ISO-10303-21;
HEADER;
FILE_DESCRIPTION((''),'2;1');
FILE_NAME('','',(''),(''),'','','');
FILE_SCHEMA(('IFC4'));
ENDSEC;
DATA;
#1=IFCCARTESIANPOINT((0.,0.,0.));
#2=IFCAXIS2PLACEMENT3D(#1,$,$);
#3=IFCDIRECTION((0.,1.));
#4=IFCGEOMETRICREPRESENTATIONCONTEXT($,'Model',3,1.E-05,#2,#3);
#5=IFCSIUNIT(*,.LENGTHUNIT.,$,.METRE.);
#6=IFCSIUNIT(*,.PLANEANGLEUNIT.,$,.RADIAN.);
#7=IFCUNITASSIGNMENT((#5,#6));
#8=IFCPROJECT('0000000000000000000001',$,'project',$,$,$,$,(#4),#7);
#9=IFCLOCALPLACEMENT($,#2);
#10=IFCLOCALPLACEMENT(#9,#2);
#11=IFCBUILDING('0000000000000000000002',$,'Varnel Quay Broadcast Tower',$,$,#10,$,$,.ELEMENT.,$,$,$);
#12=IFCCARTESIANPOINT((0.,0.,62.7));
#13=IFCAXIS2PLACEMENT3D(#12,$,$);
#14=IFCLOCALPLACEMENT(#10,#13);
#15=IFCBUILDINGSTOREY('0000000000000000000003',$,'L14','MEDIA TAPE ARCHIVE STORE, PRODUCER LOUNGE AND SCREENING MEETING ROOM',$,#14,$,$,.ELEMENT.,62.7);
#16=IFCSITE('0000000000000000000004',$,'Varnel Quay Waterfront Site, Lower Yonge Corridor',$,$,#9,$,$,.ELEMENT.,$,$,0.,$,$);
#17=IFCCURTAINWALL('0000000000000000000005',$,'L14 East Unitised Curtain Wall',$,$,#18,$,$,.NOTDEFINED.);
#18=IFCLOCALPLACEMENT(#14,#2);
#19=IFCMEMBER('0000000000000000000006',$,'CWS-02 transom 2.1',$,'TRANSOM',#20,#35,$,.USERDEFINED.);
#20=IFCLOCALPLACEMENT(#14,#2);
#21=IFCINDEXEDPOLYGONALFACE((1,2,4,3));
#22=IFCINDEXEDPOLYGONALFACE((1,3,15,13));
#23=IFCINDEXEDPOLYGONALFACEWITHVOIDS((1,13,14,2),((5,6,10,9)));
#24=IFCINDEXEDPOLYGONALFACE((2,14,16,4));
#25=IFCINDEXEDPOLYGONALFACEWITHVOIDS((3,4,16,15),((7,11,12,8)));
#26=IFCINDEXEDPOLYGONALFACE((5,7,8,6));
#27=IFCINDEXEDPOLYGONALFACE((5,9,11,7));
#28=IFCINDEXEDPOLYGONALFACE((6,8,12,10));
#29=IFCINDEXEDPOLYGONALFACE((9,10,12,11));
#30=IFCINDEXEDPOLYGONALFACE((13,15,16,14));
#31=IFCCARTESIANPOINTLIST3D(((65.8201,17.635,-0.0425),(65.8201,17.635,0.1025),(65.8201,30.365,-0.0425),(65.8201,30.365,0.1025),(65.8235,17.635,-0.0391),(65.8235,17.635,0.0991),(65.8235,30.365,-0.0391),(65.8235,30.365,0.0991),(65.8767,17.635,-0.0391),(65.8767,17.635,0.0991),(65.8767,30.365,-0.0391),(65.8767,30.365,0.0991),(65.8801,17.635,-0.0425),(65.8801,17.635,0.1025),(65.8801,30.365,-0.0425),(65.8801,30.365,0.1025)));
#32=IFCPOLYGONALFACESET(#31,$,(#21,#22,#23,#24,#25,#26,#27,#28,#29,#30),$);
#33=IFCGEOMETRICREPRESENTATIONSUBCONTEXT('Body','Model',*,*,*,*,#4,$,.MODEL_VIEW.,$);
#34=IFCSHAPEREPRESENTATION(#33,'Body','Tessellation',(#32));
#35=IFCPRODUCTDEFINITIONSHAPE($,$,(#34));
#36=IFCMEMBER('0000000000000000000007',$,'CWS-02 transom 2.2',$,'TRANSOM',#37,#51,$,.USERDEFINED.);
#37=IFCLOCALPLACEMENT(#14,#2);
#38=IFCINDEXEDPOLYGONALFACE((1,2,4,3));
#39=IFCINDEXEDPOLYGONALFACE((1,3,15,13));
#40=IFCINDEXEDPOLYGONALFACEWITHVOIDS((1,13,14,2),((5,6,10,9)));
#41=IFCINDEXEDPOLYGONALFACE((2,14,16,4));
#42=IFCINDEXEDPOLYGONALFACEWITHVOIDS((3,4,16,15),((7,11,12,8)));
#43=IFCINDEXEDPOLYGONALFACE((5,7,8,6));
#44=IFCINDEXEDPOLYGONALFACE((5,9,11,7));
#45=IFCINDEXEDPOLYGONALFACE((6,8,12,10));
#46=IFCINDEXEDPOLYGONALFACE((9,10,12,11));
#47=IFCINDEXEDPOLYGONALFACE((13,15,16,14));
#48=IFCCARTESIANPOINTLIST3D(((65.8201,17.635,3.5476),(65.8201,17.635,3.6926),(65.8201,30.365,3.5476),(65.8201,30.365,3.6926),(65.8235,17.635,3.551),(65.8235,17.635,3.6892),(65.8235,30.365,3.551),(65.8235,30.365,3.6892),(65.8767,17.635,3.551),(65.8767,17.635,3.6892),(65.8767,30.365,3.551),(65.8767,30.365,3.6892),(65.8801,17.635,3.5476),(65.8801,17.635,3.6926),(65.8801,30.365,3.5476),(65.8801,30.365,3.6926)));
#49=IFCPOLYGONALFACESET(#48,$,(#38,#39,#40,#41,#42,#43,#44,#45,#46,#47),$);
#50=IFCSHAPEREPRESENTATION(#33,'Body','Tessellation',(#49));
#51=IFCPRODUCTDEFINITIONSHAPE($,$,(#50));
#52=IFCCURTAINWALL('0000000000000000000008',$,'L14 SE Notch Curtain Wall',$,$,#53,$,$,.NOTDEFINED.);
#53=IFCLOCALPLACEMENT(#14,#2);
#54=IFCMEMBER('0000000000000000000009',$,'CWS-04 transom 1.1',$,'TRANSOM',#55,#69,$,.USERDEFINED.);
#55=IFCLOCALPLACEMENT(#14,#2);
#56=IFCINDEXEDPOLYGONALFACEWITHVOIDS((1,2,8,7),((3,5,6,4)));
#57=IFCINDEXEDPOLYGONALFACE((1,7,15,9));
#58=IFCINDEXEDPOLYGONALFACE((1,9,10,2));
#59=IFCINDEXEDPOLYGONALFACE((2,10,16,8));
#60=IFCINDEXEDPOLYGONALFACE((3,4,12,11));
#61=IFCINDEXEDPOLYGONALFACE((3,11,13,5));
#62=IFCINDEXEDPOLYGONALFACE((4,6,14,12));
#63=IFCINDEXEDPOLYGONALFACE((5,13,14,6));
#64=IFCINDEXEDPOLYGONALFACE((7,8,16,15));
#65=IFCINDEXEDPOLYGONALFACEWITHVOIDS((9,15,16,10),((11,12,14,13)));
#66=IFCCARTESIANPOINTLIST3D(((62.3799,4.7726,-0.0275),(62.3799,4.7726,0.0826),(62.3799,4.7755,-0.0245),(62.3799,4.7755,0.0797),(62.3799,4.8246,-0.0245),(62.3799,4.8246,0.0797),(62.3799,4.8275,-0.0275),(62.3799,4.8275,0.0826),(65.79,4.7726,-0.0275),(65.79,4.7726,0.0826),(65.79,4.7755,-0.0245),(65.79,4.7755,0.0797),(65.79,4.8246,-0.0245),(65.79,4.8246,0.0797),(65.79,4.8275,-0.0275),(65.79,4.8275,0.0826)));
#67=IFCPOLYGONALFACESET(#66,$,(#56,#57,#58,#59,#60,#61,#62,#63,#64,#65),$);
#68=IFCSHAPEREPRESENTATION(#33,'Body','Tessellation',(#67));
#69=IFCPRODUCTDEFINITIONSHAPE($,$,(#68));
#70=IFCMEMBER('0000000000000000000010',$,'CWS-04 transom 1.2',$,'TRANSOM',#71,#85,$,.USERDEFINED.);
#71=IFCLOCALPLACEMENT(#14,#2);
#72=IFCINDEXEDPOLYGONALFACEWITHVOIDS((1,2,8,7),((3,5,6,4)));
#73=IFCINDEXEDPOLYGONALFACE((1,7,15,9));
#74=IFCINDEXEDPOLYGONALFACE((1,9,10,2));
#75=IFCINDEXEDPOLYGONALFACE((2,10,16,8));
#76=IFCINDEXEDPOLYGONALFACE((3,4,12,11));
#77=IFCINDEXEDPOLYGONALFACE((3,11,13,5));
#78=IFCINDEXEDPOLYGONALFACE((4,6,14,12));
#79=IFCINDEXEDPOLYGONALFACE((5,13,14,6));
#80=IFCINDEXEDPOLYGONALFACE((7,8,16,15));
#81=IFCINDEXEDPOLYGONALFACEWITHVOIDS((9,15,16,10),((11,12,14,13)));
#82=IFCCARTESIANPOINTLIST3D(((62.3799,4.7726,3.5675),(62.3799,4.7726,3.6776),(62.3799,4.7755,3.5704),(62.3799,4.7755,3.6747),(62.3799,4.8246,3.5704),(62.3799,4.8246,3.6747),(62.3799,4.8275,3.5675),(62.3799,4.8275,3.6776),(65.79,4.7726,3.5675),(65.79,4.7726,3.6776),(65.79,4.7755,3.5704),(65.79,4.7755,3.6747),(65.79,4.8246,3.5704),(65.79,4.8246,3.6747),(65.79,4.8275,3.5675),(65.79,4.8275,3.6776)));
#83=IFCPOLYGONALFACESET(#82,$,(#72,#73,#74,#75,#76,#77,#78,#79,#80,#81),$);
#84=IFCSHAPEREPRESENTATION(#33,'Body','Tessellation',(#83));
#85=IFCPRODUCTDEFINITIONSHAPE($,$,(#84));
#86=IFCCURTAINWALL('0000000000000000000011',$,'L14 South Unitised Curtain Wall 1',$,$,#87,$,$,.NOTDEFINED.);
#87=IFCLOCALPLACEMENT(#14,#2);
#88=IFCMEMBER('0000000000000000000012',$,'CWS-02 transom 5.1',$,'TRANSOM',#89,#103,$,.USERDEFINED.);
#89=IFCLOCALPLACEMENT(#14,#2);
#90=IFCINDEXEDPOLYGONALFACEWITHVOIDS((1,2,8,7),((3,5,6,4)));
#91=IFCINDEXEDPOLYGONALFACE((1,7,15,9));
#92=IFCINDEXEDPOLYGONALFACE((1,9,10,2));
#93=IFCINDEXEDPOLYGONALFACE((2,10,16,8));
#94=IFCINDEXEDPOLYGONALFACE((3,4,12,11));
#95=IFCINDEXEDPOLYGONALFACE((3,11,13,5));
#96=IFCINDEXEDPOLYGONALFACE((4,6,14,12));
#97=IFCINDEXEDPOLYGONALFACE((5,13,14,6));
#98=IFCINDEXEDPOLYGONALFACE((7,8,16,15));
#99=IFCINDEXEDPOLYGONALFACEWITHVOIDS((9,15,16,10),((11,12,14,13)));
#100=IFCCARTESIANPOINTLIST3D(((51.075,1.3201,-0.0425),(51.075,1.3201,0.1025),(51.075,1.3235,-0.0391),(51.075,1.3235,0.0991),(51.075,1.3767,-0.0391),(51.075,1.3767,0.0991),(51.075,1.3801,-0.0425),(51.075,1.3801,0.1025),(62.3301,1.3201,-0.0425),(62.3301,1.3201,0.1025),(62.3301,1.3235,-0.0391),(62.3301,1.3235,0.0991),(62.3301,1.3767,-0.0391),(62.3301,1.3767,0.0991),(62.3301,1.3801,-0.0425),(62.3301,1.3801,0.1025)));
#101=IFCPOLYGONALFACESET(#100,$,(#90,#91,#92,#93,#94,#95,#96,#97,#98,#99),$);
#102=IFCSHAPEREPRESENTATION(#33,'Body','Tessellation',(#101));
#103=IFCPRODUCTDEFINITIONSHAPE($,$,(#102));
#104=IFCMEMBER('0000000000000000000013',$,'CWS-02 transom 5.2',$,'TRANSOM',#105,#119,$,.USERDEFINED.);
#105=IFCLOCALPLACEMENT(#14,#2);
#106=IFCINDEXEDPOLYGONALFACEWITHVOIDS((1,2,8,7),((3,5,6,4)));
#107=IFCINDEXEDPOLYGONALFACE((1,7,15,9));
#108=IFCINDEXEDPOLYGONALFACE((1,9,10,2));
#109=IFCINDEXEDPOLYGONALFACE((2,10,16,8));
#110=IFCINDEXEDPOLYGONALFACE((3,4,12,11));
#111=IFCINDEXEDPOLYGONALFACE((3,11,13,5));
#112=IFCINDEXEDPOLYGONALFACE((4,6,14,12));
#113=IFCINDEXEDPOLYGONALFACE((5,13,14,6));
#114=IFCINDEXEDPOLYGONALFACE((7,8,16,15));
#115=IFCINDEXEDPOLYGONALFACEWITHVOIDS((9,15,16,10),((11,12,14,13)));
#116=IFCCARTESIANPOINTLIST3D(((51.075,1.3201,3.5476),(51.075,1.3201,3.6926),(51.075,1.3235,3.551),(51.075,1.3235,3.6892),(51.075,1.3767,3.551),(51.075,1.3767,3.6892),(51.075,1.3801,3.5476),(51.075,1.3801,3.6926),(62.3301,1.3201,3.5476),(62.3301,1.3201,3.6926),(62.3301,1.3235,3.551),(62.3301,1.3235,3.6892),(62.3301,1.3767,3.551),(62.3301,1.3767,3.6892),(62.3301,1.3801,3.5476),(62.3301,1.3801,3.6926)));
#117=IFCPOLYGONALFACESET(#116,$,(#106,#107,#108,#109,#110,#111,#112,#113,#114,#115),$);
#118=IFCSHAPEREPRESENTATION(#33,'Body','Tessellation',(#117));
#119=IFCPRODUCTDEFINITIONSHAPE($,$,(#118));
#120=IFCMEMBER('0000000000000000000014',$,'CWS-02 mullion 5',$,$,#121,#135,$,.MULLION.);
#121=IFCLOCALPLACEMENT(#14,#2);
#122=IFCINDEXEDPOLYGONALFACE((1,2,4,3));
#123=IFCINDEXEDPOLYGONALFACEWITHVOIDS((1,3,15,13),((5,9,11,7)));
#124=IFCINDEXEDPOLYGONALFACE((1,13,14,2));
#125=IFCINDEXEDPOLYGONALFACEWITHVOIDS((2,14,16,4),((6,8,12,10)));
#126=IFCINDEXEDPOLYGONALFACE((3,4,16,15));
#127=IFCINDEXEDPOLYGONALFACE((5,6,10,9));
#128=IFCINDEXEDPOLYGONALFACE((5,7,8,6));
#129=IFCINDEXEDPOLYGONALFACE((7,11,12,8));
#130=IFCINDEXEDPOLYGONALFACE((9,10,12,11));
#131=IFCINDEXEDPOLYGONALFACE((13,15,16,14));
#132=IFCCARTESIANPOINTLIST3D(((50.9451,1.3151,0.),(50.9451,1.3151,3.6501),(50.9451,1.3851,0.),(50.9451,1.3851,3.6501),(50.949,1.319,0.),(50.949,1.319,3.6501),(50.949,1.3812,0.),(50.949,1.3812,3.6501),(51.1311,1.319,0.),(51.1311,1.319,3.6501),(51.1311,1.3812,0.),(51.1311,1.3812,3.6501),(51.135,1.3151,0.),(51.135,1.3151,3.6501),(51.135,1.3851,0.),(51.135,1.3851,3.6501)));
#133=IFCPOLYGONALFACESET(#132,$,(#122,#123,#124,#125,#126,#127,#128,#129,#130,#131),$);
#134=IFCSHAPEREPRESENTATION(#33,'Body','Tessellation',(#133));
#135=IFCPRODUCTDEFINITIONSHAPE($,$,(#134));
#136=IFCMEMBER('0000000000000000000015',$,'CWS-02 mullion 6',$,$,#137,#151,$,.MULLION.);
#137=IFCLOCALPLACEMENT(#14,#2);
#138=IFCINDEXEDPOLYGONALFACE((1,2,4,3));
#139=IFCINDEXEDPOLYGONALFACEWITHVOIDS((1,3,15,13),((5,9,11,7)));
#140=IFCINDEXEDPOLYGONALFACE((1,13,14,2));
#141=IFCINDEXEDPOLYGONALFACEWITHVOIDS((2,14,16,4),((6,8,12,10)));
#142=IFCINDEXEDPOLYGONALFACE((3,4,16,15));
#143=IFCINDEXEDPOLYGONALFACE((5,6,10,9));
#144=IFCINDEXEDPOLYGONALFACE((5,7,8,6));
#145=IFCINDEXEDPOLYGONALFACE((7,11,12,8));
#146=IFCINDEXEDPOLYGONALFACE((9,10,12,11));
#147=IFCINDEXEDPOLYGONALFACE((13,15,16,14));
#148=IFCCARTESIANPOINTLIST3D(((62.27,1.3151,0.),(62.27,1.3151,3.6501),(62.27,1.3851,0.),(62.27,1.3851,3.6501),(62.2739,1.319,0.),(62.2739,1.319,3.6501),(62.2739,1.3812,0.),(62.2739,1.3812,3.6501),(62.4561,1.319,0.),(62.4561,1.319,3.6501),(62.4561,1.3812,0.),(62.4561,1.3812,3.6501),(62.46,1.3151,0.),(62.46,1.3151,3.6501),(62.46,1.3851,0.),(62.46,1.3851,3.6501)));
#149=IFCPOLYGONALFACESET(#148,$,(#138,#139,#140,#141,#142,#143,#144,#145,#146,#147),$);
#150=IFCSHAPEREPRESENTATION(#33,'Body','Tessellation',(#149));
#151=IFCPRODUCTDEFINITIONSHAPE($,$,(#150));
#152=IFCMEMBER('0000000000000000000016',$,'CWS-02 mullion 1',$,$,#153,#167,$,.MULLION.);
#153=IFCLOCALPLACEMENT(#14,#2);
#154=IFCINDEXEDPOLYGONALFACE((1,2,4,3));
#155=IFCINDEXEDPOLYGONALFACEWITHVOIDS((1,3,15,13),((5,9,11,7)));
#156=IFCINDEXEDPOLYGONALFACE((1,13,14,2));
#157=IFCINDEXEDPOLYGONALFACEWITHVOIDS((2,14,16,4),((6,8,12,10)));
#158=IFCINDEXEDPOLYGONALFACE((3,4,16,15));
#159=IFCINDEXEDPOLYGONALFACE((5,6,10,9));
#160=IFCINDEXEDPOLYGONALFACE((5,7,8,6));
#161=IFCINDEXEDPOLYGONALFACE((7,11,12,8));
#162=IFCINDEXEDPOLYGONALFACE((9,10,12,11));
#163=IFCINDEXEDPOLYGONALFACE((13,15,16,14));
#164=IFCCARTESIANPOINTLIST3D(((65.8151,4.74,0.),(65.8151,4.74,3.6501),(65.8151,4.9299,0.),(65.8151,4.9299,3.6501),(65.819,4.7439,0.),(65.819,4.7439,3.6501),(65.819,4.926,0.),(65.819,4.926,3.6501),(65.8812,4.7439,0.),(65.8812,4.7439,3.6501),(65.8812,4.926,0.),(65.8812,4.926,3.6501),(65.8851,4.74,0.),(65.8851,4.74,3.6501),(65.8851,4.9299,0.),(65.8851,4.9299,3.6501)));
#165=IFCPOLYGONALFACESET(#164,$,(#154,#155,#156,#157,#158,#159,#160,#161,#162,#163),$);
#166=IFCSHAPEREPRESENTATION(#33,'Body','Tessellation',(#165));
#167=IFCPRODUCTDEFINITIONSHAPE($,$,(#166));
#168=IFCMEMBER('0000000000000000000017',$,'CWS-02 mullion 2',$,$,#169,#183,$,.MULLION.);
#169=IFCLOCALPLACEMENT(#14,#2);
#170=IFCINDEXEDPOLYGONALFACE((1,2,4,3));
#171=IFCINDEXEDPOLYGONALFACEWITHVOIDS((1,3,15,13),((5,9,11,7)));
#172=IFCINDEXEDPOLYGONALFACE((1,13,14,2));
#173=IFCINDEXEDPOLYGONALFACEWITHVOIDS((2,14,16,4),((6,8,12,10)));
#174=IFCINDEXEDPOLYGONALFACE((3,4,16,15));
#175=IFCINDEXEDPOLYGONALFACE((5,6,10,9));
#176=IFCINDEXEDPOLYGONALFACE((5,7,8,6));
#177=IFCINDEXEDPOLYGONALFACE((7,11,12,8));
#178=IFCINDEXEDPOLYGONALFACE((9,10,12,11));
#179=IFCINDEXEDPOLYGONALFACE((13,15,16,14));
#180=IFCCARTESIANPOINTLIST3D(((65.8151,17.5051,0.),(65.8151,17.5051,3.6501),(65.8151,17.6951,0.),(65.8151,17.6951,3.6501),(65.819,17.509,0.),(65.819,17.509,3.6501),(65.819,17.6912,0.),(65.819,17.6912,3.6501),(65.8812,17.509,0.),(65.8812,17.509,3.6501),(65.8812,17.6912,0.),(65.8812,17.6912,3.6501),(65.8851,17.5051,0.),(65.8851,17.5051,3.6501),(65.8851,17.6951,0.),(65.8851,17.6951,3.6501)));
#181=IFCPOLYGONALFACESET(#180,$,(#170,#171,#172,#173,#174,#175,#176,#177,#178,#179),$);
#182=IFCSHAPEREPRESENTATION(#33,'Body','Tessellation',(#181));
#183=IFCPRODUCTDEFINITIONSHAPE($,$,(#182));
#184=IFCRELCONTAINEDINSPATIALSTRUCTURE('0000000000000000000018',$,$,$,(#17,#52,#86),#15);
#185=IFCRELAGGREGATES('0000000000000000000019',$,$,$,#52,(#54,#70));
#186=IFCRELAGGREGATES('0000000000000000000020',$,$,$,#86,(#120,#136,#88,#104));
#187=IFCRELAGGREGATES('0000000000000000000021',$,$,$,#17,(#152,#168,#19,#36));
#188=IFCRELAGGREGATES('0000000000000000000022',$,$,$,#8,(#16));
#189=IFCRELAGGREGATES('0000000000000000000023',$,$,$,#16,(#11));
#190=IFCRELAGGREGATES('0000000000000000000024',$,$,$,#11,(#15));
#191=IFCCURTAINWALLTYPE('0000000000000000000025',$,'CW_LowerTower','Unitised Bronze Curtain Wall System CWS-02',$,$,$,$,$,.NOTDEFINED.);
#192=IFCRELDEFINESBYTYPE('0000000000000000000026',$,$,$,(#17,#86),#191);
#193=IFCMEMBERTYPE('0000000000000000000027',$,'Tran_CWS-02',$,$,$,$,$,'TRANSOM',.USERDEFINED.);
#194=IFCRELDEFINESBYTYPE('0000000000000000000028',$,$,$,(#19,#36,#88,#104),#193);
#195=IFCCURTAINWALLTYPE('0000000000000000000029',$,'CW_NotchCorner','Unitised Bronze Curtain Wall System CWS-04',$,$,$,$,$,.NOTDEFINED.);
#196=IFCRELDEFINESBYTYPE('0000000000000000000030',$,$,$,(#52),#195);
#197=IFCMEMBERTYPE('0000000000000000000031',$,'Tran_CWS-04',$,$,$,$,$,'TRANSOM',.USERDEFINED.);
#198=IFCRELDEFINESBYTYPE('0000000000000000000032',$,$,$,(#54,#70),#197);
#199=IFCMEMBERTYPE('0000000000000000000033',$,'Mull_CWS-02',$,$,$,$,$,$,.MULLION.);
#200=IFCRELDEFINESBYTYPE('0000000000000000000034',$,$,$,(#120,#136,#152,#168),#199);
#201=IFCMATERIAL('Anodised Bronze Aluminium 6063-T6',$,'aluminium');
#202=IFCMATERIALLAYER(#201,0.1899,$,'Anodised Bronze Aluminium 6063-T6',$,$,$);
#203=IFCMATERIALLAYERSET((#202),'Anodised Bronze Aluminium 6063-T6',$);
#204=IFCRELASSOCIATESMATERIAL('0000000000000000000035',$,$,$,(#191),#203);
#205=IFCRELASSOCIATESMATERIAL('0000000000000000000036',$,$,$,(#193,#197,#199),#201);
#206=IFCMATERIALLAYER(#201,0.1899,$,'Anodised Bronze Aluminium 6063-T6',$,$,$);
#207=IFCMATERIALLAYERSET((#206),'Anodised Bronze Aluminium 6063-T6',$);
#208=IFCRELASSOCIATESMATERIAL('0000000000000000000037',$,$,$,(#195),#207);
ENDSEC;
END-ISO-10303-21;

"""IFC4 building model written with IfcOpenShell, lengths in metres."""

from ifc_helpers import new_model, si_unit, direction, frame, origin, origin_2d, place, context, subcontext, project, spatial, hollow_rectangle, extrude, source, transform, mapped, material, layer, layer_set, material_profile, profile_set, type_object, type_shapes, element, aggregate, save


model = new_model("IFC4")

# Units and contexts
model_context = context("Model", 3, precision=1e-05, world=origin(), true_north=direction((0.0, 1.0)))
body_context = subcontext(model_context, "Body", "Model", "MODEL_VIEW")
ifc_project = project(units=[si_unit("LENGTHUNIT", "METRE"), si_unit("PLANEANGLEUNIT", "RADIAN")], contexts=[model_context])

# Site, building, storey
site_placement = place(None, origin())
site = spatial("IfcSite", under=ifc_project, at=site_placement, Name="Varnel Quay Waterfront Site, Lower Yonge Corridor", CompositionType="ELEMENT", RefElevation=0.0)
building_placement = place(site_placement, origin())
building = spatial("IfcBuilding", under=site, at=building_placement, Name="Varnel Quay Broadcast Tower", CompositionType="ELEMENT")
storey_placement = place(building_placement, frame((0.0, 0.0, 62.7)))
storey = spatial("IfcBuildingStorey", under=building, at=storey_placement, Name="L14", Description="MEDIA TAPE ARCHIVE STORE, PRODUCER LOUNGE AND SCREENING MEETING ROOM", CompositionType="ELEMENT", Elevation=62.7)

# Curtain walls, members
ifc_material_1 = material(Name="Anodised Bronze Aluminium 6063-T6", Category="aluminium")
ifc_layer_1 = layer(ifc_material_1, 0.1899, Name="Anodised Bronze Aluminium 6063-T6")
ifc_layer_set_1 = layer_set([ifc_layer_1], Name="Anodised Bronze Aluminium 6063-T6")
curtain_wall_type_1 = type_object("IfcCurtainWallType", Name="CW_LowerTower", Description="Unitised Bronze Curtain Wall System CWS-02", PredefinedType="NOTDEFINED", material=ifc_layer_set_1)
curtain_wall_1_placement = place(storey_placement, origin())
curtain_wall_1 = element("IfcCurtainWall", 1, at=curtain_wall_1_placement, inside=storey, type_object=curtain_wall_type_1, Name="L14 East Unitised Curtain Wall", PredefinedType="NOTDEFINED")
ifc_material_profile_1 = material_profile(ifc_material_1, hollow_rectangle(XDim=0.0601, YDim=0.145, WallThickness=0.0034, at=origin_2d()), Name="ALU60X145X3.5")
ifc_profile_set_1 = profile_set([ifc_material_profile_1], Name="Anodised Bronze Aluminium 6063-T6")
member_type_1 = type_object("IfcMemberType", Name="Tran_CWS-02", ElementType="TRANSOM", PredefinedType="USERDEFINED", material=ifc_profile_set_1)
shared_shape_1 = source(origin(), body_context, "Body", "SweptSolid", [
    extrude(hollow_rectangle(XDim=0.0601, YDim=0.145, WallThickness=0.0034, at=origin_2d()), origin(), (0.0, 0.0, 1.0), 12.73),
])
member_1_placement = place(storey_placement, frame((65.8501, 17.635, 0.03), z_axis=(0.0, 1.0, 0.0), x_axis=(-1.0, 0.0, 0.0)))
member_1 = element("IfcMember", 2, at=member_1_placement, type_object=member_type_1, Name="CWS-02 transom 2.1", ObjectType="TRANSOM", PredefinedType="USERDEFINED", context=body_context, shape_type="MappedRepresentation", body=[
    mapped(shared_shape_1, transform((0.0, 0.0, 0.0), x_axis=(1.0, 0.0, 0.0), y_axis=(0.0, 1.0, 0.0), z_axis=(0.0, 0.0, 1.0), scale=1.0)),
])
member_2_placement = place(storey_placement, frame((65.8501, 17.635, 3.6201), z_axis=(0.0, 1.0, 0.0), x_axis=(-1.0, 0.0, 0.0)))
member_2 = element("IfcMember", 3, at=member_2_placement, type_object=member_type_1, Name="CWS-02 transom 2.2", ObjectType="TRANSOM", PredefinedType="USERDEFINED", context=body_context, shape_type="MappedRepresentation", body=[
    mapped(shared_shape_1, transform((0.0, 0.0, 0.0), x_axis=(1.0, 0.0, 0.0), y_axis=(0.0, 1.0, 0.0), z_axis=(0.0, 0.0, 1.0), scale=1.0)),
])
ifc_layer_2 = layer(ifc_material_1, 0.1899, Name="Anodised Bronze Aluminium 6063-T6")
ifc_layer_set_2 = layer_set([ifc_layer_2], Name="Anodised Bronze Aluminium 6063-T6")
curtain_wall_type_2 = type_object("IfcCurtainWallType", Name="CW_NotchCorner", Description="Unitised Bronze Curtain Wall System CWS-04", PredefinedType="NOTDEFINED", material=ifc_layer_set_2)
curtain_wall_2_placement = place(storey_placement, origin())
curtain_wall_2 = element("IfcCurtainWall", 4, at=curtain_wall_2_placement, inside=storey, type_object=curtain_wall_type_2, Name="L14 SE Notch Curtain Wall", PredefinedType="NOTDEFINED")
ifc_material_profile_2 = material_profile(ifc_material_1, hollow_rectangle(XDim=0.0549, YDim=0.1101, WallThickness=0.0029, at=origin_2d()), Name="ALU55X110X3")
ifc_profile_set_2 = profile_set([ifc_material_profile_2], Name="Anodised Bronze Aluminium 6063-T6")
member_type_2 = type_object("IfcMemberType", Name="Tran_CWS-04", ElementType="TRANSOM", PredefinedType="USERDEFINED", material=ifc_profile_set_2)
shared_shape_2 = source(origin(), body_context, "Body", "SweptSolid", [
    extrude(hollow_rectangle(XDim=0.0549, YDim=0.1101, WallThickness=0.0029, at=origin_2d()), origin(), (0.0, 0.0, 1.0), 3.4102),
])
type_shapes(member_type_2, [shared_shape_2])
member_3_placement = place(storey_placement, frame((62.3799, 4.8, 0.0276), z_axis=(1.0, 0.0, 0.0), x_axis=(0.0, 1.0, 0.0)))
member_3 = element("IfcMember", 5, at=member_3_placement, type_object=member_type_2, Name="CWS-04 transom 1.1", ObjectType="TRANSOM", PredefinedType="USERDEFINED", context=body_context, shape_type="MappedRepresentation", body=[
    mapped(shared_shape_2, transform((0.0, 0.0, 0.0), x_axis=(1.0, 0.0, 0.0), y_axis=(0.0, 1.0, 0.0), z_axis=(0.0, 0.0, 1.0), scale=1.0)),
])
member_4_placement = place(storey_placement, frame((62.3799, 4.8, 3.6226), z_axis=(1.0, 0.0, 0.0), x_axis=(0.0, 1.0, 0.0)))
member_4 = element("IfcMember", 6, at=member_4_placement, type_object=member_type_2, Name="CWS-04 transom 1.2", ObjectType="TRANSOM", PredefinedType="USERDEFINED", context=body_context, shape_type="MappedRepresentation", body=[
    mapped(shared_shape_2, transform((0.0, 0.0, 0.0), x_axis=(1.0, 0.0, 0.0), y_axis=(0.0, 1.0, 0.0), z_axis=(0.0, 0.0, 1.0), scale=1.0)),
])
curtain_wall_3_placement = place(storey_placement, origin())
curtain_wall_3 = element("IfcCurtainWall", 7, at=curtain_wall_3_placement, inside=storey, type_object=curtain_wall_type_1, Name="L14 South Unitised Curtain Wall 1", PredefinedType="NOTDEFINED")
shared_shape_3 = source(origin(), body_context, "Body", "SweptSolid", [
    extrude(hollow_rectangle(XDim=0.0601, YDim=0.145, WallThickness=0.0034, at=origin_2d()), origin(), (0.0, 0.0, 1.0), 11.2551),
])
member_5_placement = place(storey_placement, frame((51.075, 1.3501, 0.03), z_axis=(1.0, 0.0, 0.0), x_axis=(0.0, 1.0, 0.0)))
member_5 = element("IfcMember", 8, at=member_5_placement, type_object=member_type_1, Name="CWS-02 transom 5.1", ObjectType="TRANSOM", PredefinedType="USERDEFINED", context=body_context, shape_type="MappedRepresentation", body=[
    mapped(shared_shape_3, transform((0.0, 0.0, 0.0), x_axis=(1.0, 0.0, 0.0), y_axis=(0.0, 1.0, 0.0), z_axis=(0.0, 0.0, 1.0), scale=1.0)),
])
member_6_placement = place(storey_placement, frame((51.075, 1.3501, 3.6201), z_axis=(1.0, 0.0, 0.0), x_axis=(0.0, 1.0, 0.0)))
member_6 = element("IfcMember", 9, at=member_6_placement, type_object=member_type_1, Name="CWS-02 transom 5.2", ObjectType="TRANSOM", PredefinedType="USERDEFINED", context=body_context, shape_type="MappedRepresentation", body=[
    mapped(shared_shape_3, transform((0.0, 0.0, 0.0), x_axis=(1.0, 0.0, 0.0), y_axis=(0.0, 1.0, 0.0), z_axis=(0.0, 0.0, 1.0), scale=1.0)),
])
ifc_material_profile_3 = material_profile(ifc_material_1, hollow_rectangle(XDim=0.0701, YDim=0.1899, WallThickness=0.0039, at=origin_2d()), Name="ALU70X190X4")
ifc_profile_set_3 = profile_set([ifc_material_profile_3], Name="Anodised Bronze Aluminium 6063-T6")
member_type_3 = type_object("IfcMemberType", Name="Mull_CWS-02", PredefinedType="MULLION", material=ifc_profile_set_3)
shared_shape_4 = source(origin(), body_context, "Body", "SweptSolid", [
    extrude(hollow_rectangle(XDim=0.0701, YDim=0.1899, WallThickness=0.0039, at=origin_2d()), origin(), (0.0, 0.0, 1.0), 3.6501),
])
type_shapes(member_type_3, [shared_shape_4])
member_7_placement = place(storey_placement, frame((51.04, 1.3501, 0.0), z_axis=(0.0, 0.0, 1.0), x_axis=(0.0, 1.0, 0.0)))
member_7 = element("IfcMember", 10, at=member_7_placement, type_object=member_type_3, Name="CWS-02 mullion 5", PredefinedType="MULLION", context=body_context, shape_type="MappedRepresentation", body=[
    mapped(shared_shape_4, transform((0.0, 0.0, 0.0), x_axis=(1.0, 0.0, 0.0), y_axis=(0.0, 1.0, 0.0), z_axis=(0.0, 0.0, 1.0), scale=1.0)),
])
member_8_placement = place(storey_placement, frame((62.365, 1.3501, 0.0), z_axis=(0.0, 0.0, 1.0), x_axis=(0.0, 1.0, 0.0)))
member_8 = element("IfcMember", 11, at=member_8_placement, type_object=member_type_3, Name="CWS-02 mullion 6", PredefinedType="MULLION", context=body_context, shape_type="MappedRepresentation", body=[
    mapped(shared_shape_4, transform((0.0, 0.0, 0.0), x_axis=(1.0, 0.0, 0.0), y_axis=(0.0, 1.0, 0.0), z_axis=(0.0, 0.0, 1.0), scale=1.0)),
])

# Members
member_9_placement = place(storey_placement, frame((65.8501, 4.835, 0.0), z_axis=(0.0, 0.0, 1.0), x_axis=(-1.0, 0.0, 0.0)))
member_9 = element("IfcMember", 12, at=member_9_placement, type_object=member_type_3, Name="CWS-02 mullion 1", PredefinedType="MULLION", context=body_context, shape_type="MappedRepresentation", body=[
    mapped(shared_shape_4, transform((0.0, 0.0, 0.0), x_axis=(1.0, 0.0, 0.0), y_axis=(0.0, 1.0, 0.0), z_axis=(0.0, 0.0, 1.0), scale=1.0)),
])
member_10_placement = place(storey_placement, frame((65.8501, 17.6001, 0.0), z_axis=(0.0, 0.0, 1.0), x_axis=(-1.0, 0.0, 0.0)))
member_10 = element("IfcMember", 13, at=member_10_placement, type_object=member_type_3, Name="CWS-02 mullion 2", PredefinedType="MULLION", context=body_context, shape_type="MappedRepresentation", body=[
    mapped(shared_shape_4, transform((0.0, 0.0, 0.0), x_axis=(1.0, 0.0, 0.0), y_axis=(0.0, 1.0, 0.0), z_axis=(0.0, 0.0, 1.0), scale=1.0)),
])

aggregate(curtain_wall_2, [member_3, member_4])
aggregate(curtain_wall_3, [member_7, member_8, member_5, member_6])
aggregate(curtain_wall_1, [member_9, member_10, member_1, member_2])

save(model, "model.ifc")
